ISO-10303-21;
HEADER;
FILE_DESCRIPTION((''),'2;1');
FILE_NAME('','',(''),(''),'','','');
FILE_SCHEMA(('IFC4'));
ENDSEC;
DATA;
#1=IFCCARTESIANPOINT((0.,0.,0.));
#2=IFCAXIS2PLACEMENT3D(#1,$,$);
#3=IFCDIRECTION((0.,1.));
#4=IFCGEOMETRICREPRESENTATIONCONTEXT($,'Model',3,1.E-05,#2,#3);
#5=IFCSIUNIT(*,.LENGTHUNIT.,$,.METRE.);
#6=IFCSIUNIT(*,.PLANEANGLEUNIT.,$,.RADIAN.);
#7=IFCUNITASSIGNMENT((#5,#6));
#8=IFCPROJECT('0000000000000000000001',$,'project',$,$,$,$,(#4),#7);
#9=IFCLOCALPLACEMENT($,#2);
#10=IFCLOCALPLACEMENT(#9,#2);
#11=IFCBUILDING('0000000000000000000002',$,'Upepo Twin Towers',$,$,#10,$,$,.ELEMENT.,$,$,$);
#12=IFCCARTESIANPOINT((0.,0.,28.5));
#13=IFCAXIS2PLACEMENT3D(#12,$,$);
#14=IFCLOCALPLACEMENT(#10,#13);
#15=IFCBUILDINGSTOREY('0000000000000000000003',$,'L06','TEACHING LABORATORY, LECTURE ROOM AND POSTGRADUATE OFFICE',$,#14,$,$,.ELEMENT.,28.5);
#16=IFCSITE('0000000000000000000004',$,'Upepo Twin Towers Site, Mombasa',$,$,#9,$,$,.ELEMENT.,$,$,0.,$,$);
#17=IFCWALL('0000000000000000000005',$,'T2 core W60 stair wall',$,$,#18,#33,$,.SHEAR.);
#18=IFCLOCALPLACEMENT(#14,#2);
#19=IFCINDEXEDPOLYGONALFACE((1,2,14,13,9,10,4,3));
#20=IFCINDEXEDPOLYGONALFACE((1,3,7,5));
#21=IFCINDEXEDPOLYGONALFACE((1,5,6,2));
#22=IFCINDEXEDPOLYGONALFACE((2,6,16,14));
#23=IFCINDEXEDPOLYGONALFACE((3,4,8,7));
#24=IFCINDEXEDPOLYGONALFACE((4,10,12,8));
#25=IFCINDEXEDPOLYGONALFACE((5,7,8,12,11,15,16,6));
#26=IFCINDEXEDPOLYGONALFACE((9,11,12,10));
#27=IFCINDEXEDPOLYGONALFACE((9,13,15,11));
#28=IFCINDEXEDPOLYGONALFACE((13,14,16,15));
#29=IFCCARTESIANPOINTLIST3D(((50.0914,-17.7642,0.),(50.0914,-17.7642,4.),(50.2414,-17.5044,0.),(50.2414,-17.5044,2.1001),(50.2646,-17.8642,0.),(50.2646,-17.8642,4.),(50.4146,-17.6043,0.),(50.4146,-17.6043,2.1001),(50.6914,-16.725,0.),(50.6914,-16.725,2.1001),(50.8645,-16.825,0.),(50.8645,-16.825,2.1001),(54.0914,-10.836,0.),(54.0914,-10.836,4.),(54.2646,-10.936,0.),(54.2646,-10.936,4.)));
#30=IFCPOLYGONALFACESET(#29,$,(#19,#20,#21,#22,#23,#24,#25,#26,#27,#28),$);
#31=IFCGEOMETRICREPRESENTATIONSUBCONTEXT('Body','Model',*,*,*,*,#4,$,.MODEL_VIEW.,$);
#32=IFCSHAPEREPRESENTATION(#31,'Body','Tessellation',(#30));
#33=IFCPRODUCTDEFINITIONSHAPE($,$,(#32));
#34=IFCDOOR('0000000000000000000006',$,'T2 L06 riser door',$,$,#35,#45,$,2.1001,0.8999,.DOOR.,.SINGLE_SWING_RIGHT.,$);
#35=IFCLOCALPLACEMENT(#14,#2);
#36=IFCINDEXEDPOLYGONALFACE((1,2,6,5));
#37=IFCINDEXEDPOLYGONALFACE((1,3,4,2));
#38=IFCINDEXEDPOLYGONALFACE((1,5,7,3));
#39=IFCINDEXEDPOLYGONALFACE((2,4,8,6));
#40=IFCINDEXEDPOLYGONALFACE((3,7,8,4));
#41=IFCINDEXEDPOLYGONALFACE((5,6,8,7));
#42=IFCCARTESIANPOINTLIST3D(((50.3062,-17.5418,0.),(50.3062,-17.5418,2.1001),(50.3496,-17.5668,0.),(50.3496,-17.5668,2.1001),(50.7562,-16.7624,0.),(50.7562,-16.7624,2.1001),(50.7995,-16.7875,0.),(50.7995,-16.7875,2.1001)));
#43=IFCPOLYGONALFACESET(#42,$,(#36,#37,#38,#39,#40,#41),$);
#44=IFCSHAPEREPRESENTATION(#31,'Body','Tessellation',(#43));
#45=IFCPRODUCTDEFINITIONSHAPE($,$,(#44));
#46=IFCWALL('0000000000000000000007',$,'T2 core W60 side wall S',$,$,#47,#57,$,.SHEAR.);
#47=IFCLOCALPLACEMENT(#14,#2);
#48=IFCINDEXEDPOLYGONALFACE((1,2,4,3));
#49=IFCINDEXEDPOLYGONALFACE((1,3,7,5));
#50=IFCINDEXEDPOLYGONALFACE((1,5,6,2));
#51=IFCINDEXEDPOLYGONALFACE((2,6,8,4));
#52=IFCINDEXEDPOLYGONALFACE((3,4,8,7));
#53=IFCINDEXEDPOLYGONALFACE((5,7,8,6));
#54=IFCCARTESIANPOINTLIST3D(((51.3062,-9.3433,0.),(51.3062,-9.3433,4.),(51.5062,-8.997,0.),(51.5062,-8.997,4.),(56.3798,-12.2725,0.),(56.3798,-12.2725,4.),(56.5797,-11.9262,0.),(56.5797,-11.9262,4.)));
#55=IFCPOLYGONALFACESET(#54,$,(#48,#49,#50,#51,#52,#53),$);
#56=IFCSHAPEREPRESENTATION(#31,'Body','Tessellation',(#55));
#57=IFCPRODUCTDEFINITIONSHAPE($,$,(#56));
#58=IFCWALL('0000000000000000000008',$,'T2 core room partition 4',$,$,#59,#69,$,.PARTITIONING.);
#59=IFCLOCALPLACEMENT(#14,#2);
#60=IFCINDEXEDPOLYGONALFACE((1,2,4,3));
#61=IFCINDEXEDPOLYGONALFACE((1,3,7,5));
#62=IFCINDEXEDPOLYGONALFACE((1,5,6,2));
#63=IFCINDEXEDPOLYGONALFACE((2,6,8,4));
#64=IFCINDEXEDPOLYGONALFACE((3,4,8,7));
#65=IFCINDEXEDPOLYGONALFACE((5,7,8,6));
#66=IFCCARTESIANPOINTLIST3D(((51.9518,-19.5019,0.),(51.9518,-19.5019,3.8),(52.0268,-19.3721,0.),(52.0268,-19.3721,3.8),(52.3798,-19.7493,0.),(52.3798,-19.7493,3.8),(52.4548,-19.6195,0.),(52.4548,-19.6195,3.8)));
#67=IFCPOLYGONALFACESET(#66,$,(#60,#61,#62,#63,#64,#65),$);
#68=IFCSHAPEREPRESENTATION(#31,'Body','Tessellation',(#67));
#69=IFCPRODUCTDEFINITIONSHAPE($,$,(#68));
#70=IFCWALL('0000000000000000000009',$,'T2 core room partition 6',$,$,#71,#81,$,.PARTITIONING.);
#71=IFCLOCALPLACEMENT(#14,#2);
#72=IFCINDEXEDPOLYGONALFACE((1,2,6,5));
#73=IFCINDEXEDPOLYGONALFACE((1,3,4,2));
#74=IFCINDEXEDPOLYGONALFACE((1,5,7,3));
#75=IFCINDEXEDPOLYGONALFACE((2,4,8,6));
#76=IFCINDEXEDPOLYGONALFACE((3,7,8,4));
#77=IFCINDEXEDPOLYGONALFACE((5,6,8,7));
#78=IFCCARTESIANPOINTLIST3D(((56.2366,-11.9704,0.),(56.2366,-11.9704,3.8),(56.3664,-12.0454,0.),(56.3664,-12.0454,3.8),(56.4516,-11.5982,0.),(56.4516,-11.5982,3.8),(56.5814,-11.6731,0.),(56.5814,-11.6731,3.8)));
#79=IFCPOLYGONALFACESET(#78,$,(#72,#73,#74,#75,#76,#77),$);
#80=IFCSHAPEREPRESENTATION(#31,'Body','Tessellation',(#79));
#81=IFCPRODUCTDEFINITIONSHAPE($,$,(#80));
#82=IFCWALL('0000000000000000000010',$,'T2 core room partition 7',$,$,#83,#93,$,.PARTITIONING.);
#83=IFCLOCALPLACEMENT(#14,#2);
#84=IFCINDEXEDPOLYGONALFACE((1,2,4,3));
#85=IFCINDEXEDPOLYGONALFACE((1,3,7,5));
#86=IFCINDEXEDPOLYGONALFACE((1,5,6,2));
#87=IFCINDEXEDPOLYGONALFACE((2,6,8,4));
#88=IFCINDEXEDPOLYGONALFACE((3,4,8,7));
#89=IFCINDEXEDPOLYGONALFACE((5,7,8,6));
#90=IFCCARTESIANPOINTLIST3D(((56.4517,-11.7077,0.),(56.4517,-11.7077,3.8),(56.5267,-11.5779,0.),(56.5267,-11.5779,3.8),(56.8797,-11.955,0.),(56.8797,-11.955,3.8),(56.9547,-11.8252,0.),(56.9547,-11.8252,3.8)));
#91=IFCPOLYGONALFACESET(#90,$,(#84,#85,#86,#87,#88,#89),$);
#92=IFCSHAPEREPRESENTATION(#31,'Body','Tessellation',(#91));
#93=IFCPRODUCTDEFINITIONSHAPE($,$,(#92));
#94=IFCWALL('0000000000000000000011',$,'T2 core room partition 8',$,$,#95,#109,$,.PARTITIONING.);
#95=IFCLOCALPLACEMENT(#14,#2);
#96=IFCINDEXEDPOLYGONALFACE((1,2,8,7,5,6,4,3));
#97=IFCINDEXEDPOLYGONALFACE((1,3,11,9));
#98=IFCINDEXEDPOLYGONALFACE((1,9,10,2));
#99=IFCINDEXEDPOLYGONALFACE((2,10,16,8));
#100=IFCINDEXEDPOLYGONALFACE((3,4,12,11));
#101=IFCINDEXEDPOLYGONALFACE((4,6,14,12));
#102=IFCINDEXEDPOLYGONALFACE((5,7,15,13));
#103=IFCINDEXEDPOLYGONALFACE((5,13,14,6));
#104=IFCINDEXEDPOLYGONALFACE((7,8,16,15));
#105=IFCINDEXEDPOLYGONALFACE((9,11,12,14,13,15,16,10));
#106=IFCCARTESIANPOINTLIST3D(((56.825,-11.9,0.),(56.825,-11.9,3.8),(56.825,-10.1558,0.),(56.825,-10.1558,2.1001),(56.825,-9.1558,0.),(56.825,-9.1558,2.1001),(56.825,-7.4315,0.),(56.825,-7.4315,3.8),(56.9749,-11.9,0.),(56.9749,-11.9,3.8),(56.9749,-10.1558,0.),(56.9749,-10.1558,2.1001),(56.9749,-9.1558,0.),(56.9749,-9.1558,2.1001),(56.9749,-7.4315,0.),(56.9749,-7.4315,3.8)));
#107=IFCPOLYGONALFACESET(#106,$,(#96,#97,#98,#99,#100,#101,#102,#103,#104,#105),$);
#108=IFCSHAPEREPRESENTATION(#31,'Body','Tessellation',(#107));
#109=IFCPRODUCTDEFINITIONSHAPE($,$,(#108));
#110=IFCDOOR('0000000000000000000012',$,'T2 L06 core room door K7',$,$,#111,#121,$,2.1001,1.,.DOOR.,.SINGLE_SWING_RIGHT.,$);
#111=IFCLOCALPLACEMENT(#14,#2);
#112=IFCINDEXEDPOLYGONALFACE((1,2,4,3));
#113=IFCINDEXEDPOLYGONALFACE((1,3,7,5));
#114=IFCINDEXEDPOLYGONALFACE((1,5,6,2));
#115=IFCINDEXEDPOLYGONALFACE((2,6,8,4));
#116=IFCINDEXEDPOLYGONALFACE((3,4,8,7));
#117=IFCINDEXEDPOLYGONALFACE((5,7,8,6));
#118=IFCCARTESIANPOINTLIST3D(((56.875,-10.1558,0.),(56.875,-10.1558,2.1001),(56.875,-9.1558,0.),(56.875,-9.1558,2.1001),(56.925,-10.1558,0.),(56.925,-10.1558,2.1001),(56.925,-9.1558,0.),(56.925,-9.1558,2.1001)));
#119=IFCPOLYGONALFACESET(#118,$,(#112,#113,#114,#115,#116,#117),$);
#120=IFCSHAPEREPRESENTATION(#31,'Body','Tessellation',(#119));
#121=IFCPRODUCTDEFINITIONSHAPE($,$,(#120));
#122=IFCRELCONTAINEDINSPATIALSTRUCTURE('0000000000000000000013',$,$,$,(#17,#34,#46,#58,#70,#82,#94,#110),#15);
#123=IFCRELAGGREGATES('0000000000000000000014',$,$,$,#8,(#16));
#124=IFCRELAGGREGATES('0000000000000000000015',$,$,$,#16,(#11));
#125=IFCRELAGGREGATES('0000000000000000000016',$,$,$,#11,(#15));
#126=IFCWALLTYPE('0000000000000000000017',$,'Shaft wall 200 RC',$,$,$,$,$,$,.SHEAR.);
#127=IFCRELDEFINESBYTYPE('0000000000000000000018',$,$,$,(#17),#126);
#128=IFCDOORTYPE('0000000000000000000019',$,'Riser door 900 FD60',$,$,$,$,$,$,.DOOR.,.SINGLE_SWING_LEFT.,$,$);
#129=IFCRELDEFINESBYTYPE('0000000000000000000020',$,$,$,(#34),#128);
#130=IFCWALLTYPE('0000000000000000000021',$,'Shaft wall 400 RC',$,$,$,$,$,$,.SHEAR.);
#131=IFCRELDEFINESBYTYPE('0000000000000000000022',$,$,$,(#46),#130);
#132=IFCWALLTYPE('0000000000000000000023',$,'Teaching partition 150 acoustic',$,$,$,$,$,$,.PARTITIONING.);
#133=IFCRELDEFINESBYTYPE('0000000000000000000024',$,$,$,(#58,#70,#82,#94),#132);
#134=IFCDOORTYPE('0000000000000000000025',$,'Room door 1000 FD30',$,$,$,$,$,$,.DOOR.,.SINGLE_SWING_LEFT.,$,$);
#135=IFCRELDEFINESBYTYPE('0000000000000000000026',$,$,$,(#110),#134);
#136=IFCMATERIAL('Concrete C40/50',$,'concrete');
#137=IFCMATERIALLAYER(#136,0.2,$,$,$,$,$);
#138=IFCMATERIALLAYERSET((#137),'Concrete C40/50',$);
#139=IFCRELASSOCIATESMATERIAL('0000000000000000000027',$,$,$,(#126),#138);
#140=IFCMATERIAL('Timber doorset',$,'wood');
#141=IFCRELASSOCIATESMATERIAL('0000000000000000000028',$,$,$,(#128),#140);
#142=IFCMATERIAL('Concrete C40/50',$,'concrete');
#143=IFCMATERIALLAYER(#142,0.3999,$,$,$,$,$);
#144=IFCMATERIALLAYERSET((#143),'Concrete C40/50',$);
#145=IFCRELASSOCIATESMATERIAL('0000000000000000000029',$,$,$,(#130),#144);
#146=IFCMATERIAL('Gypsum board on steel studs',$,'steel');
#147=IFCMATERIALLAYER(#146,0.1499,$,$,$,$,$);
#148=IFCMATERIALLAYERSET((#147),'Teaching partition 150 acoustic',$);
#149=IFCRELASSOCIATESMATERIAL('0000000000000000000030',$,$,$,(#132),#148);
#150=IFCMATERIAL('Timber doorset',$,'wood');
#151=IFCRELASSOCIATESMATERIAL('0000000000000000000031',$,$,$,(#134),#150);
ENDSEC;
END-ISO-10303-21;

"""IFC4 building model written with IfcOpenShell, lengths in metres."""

from ifc_helpers import new_model, si_unit, direction, frame, frame_2d, origin, place, context, subcontext, project, spatial, rectangle, extrude, material, layer, layer_set, type_object, element, fill, save


model = new_model("IFC4")

# Units and contexts
model_context = context("Model", 3, precision=1e-05, world=origin(), true_north=direction((0.0, 1.0)))
body_context = subcontext(model_context, "Body", "Model", "MODEL_VIEW")
ifc_project = project(units=[si_unit("LENGTHUNIT", "METRE"), si_unit("PLANEANGLEUNIT", "RADIAN")], contexts=[model_context])

# Site, building, storey
site_placement = place(None, origin())
site = spatial("IfcSite", under=ifc_project, at=site_placement, Name="Upepo Twin Towers Site, Mombasa", CompositionType="ELEMENT", RefElevation=0.0)
building_placement = place(site_placement, origin())
building = spatial("IfcBuilding", under=site, at=building_placement, Name="Upepo Twin Towers", CompositionType="ELEMENT")
storey_placement = place(building_placement, frame((0.0, 0.0, 28.5)))
storey = spatial("IfcBuildingStorey", under=building, at=storey_placement, Name="L06", Description="TEACHING LABORATORY, LECTURE ROOM AND POSTGRADUATE OFFICE", CompositionType="ELEMENT", Elevation=28.5)

# Shared definitions
ifc_material_1 = material(Name="Concrete C40/50", Category="concrete")
ifc_layer_1 = layer(ifc_material_1, 0.2)
ifc_layer_set_1 = layer_set([ifc_layer_1], Name="Concrete C40/50")
wall_type_1 = type_object("IfcWallType", Name="Shaft wall 200 RC", PredefinedType="SHEAR", material=ifc_layer_set_1)

# Wall, opening, door
wall_1_placement = place(storey_placement, frame((54.178, -10.886, 0.0), z_axis=(0.0, 0.0, 1.0), x_axis=(-0.499999, -0.866026, 0.0)))
wall_1 = element("IfcWall", 1, at=wall_1_placement, inside=storey, type_object=wall_type_1, Name="T2 core W60 stair wall", PredefinedType="SHEAR", context=body_context, shape_type="SweptSolid", body=[
    extrude(rectangle(XDim=8.0, YDim=0.2, at=frame_2d((4.0, 0.0))), origin(), (0.0, 0.0, 1.0), 4.0),
])
opening_1_placement = place(wall_1_placement, frame((6.8, 0.0, 0.0)))
opening_1 = element("IfcOpeningElement", 2, at=opening_1_placement, cuts=wall_1, PredefinedType="OPENING", context=body_context, shape_type="SweptSolid", body=[
    extrude(rectangle(XDim=0.8999, YDim=2.1001, at=frame_2d((0.45, 1.05))), frame((0.0, 0.1099, 0.0), z_axis=(0.0, -1.0, 0.0), x_axis=(1.0, 0.0, 0.0)), (0.0, 0.0, 1.0), 0.22),
])
ifc_material_2 = material(Name="Timber doorset", Category="wood")
door_type_1 = type_object("IfcDoorType", Name="Riser door 900 FD60", OperationType="SINGLE_SWING_LEFT", PredefinedType="DOOR", material=ifc_material_2)
door_1_placement = place(opening_1_placement, origin())
door_1 = element("IfcDoor", 3, at=door_1_placement, inside=storey, type_object=door_type_1, Name="T2 L06 riser door", OperationType="SINGLE_SWING_RIGHT", OverallHeight=2.1001, OverallWidth=0.8999, PredefinedType="DOOR", context=body_context, shape_type="SweptSolid", body=[
    extrude(rectangle(XDim=0.8999, YDim=2.1001, at=frame_2d((0.45, 1.05))), frame((0.0, 0.0249, 0.0), z_axis=(0.0, -1.0, 0.0), x_axis=(1.0, 0.0, 0.0)), (0.0, 0.0, 1.0), 0.05),
])
fill(opening_1, door_1)

# Walls
ifc_material_3 = material(Name="Concrete C40/50", Category="concrete")
ifc_layer_2 = layer(ifc_material_3, 0.3999)
ifc_layer_set_2 = layer_set([ifc_layer_2], Name="Concrete C40/50")
wall_type_2 = type_object("IfcWallType", Name="Shaft wall 400 RC", PredefinedType="SHEAR", material=ifc_layer_set_2)
wall_2_placement = place(storey_placement, frame((56.4797, -12.0994, 0.0), z_axis=(0.0, 0.0, 1.0), x_axis=(-0.866024, 0.500003, 0.0)))
element("IfcWall", 4, at=wall_2_placement, inside=storey, type_object=wall_type_2, Name="T2 core W60 side wall S", PredefinedType="SHEAR", context=body_context, shape_type="SweptSolid", body=[
    extrude(rectangle(XDim=5.8584, YDim=0.3999, at=frame_2d((2.9292, 0.0))), origin(), (0.0, 0.0, 1.0), 4.0),
])
ifc_material_4 = material(Name="Gypsum board on steel studs", Category="steel")
ifc_layer_3 = layer(ifc_material_4, 0.1499)
ifc_layer_set_3 = layer_set([ifc_layer_3], Name="Teaching partition 150 acoustic")
wall_type_3 = type_object("IfcWallType", Name="Teaching partition 150 acoustic", PredefinedType="PARTITIONING", material=ifc_layer_set_3)
wall_3_placement = place(storey_placement, frame((52.4172, -19.6843, 0.0), z_axis=(0.0, 0.0, 1.0), x_axis=(-0.865832, 0.500335, 0.0)))
element("IfcWall", 5, at=wall_3_placement, inside=storey, type_object=wall_type_3, Name="T2 core room partition 4", PredefinedType="PARTITIONING", context=body_context, shape_type="SweptSolid", body=[
    extrude(rectangle(XDim=0.4944, YDim=0.1499, at=frame_2d((0.2471, 0.0))), origin(), (0.0, 0.0, 1.0), 3.8),
])
wall_4_placement = place(storey_placement, frame((56.3015, -12.0078, 0.0), z_axis=(0.0, 0.0, 1.0), x_axis=(0.50023, 0.865892, 0.0)))
element("IfcWall", 6, at=wall_4_placement, inside=storey, type_object=wall_type_3, Name="T2 core room partition 6", PredefinedType="PARTITIONING", context=body_context, shape_type="SweptSolid", body=[
    extrude(rectangle(XDim=0.4299, YDim=0.1499, at=frame_2d((0.2148, 0.0))), origin(), (0.0, 0.0, 1.0), 3.8),
])
wall_5_placement = place(storey_placement, frame((56.4893, -11.6428, 0.0), z_axis=(0.0, 0.0, 1.0), x_axis=(0.865832, -0.500335, 0.0)))
element("IfcWall", 7, at=wall_5_placement, inside=storey, type_object=wall_type_3, Name="T2 core room partition 7", PredefinedType="PARTITIONING", context=body_context, shape_type="SweptSolid", body=[
    extrude(rectangle(XDim=0.4944, YDim=0.1499, at=frame_2d((0.2471, 0.0))), origin(), (0.0, 0.0, 1.0), 3.8),
])

# Wall, opening, door
wall_6_placement = place(storey_placement, frame((56.8999, -11.9001, 0.0), z_axis=(0.0, 0.0, 1.0), x_axis=(0.0, 1.0, 0.0)))
wall_6 = element("IfcWall", 8, at=wall_6_placement, inside=storey, type_object=wall_type_3, Name="T2 core room partition 8", PredefinedType="PARTITIONING", context=body_context, shape_type="SweptSolid", body=[
    extrude(rectangle(XDim=4.4685, YDim=0.1499, at=frame_2d((2.2344, 0.0))), origin(), (0.0, 0.0, 1.0), 3.8),
])
opening_2_placement = place(wall_6_placement, frame((1.7444, 0.0, 0.0)))
opening_2 = element("IfcOpeningElement", 9, at=opening_2_placement, cuts=wall_6, PredefinedType="OPENING", context=body_context, shape_type="SweptSolid", body=[
    extrude(rectangle(XDim=1.0, YDim=2.1001, at=frame_2d((0.5, 1.05))), frame((0.0, 0.085, 0.0), z_axis=(0.0, -1.0, 0.0), x_axis=(1.0, 0.0, 0.0)), (0.0, 0.0, 1.0), 0.1699),
])
ifc_material_5 = material(Name="Timber doorset", Category="wood")
door_type_2 = type_object("IfcDoorType", Name="Room door 1000 FD30", OperationType="SINGLE_SWING_LEFT", PredefinedType="DOOR", material=ifc_material_5)
door_2_placement = place(opening_2_placement, origin())
door_2 = element("IfcDoor", 10, at=door_2_placement, inside=storey, type_object=door_type_2, Name="T2 L06 core room door K7", OperationType="SINGLE_SWING_RIGHT", OverallHeight=2.1001, OverallWidth=1.0, PredefinedType="DOOR", context=body_context, shape_type="SweptSolid", body=[
    extrude(rectangle(XDim=1.0, YDim=2.1001, at=frame_2d((0.5, 1.05))), frame((0.0, 0.0249, 0.0), z_axis=(0.0, -1.0, 0.0), x_axis=(1.0, 0.0, 0.0)), (0.0, 0.0, 1.0), 0.05),
])
fill(opening_2, door_2)

save(model, "model.ifc")
